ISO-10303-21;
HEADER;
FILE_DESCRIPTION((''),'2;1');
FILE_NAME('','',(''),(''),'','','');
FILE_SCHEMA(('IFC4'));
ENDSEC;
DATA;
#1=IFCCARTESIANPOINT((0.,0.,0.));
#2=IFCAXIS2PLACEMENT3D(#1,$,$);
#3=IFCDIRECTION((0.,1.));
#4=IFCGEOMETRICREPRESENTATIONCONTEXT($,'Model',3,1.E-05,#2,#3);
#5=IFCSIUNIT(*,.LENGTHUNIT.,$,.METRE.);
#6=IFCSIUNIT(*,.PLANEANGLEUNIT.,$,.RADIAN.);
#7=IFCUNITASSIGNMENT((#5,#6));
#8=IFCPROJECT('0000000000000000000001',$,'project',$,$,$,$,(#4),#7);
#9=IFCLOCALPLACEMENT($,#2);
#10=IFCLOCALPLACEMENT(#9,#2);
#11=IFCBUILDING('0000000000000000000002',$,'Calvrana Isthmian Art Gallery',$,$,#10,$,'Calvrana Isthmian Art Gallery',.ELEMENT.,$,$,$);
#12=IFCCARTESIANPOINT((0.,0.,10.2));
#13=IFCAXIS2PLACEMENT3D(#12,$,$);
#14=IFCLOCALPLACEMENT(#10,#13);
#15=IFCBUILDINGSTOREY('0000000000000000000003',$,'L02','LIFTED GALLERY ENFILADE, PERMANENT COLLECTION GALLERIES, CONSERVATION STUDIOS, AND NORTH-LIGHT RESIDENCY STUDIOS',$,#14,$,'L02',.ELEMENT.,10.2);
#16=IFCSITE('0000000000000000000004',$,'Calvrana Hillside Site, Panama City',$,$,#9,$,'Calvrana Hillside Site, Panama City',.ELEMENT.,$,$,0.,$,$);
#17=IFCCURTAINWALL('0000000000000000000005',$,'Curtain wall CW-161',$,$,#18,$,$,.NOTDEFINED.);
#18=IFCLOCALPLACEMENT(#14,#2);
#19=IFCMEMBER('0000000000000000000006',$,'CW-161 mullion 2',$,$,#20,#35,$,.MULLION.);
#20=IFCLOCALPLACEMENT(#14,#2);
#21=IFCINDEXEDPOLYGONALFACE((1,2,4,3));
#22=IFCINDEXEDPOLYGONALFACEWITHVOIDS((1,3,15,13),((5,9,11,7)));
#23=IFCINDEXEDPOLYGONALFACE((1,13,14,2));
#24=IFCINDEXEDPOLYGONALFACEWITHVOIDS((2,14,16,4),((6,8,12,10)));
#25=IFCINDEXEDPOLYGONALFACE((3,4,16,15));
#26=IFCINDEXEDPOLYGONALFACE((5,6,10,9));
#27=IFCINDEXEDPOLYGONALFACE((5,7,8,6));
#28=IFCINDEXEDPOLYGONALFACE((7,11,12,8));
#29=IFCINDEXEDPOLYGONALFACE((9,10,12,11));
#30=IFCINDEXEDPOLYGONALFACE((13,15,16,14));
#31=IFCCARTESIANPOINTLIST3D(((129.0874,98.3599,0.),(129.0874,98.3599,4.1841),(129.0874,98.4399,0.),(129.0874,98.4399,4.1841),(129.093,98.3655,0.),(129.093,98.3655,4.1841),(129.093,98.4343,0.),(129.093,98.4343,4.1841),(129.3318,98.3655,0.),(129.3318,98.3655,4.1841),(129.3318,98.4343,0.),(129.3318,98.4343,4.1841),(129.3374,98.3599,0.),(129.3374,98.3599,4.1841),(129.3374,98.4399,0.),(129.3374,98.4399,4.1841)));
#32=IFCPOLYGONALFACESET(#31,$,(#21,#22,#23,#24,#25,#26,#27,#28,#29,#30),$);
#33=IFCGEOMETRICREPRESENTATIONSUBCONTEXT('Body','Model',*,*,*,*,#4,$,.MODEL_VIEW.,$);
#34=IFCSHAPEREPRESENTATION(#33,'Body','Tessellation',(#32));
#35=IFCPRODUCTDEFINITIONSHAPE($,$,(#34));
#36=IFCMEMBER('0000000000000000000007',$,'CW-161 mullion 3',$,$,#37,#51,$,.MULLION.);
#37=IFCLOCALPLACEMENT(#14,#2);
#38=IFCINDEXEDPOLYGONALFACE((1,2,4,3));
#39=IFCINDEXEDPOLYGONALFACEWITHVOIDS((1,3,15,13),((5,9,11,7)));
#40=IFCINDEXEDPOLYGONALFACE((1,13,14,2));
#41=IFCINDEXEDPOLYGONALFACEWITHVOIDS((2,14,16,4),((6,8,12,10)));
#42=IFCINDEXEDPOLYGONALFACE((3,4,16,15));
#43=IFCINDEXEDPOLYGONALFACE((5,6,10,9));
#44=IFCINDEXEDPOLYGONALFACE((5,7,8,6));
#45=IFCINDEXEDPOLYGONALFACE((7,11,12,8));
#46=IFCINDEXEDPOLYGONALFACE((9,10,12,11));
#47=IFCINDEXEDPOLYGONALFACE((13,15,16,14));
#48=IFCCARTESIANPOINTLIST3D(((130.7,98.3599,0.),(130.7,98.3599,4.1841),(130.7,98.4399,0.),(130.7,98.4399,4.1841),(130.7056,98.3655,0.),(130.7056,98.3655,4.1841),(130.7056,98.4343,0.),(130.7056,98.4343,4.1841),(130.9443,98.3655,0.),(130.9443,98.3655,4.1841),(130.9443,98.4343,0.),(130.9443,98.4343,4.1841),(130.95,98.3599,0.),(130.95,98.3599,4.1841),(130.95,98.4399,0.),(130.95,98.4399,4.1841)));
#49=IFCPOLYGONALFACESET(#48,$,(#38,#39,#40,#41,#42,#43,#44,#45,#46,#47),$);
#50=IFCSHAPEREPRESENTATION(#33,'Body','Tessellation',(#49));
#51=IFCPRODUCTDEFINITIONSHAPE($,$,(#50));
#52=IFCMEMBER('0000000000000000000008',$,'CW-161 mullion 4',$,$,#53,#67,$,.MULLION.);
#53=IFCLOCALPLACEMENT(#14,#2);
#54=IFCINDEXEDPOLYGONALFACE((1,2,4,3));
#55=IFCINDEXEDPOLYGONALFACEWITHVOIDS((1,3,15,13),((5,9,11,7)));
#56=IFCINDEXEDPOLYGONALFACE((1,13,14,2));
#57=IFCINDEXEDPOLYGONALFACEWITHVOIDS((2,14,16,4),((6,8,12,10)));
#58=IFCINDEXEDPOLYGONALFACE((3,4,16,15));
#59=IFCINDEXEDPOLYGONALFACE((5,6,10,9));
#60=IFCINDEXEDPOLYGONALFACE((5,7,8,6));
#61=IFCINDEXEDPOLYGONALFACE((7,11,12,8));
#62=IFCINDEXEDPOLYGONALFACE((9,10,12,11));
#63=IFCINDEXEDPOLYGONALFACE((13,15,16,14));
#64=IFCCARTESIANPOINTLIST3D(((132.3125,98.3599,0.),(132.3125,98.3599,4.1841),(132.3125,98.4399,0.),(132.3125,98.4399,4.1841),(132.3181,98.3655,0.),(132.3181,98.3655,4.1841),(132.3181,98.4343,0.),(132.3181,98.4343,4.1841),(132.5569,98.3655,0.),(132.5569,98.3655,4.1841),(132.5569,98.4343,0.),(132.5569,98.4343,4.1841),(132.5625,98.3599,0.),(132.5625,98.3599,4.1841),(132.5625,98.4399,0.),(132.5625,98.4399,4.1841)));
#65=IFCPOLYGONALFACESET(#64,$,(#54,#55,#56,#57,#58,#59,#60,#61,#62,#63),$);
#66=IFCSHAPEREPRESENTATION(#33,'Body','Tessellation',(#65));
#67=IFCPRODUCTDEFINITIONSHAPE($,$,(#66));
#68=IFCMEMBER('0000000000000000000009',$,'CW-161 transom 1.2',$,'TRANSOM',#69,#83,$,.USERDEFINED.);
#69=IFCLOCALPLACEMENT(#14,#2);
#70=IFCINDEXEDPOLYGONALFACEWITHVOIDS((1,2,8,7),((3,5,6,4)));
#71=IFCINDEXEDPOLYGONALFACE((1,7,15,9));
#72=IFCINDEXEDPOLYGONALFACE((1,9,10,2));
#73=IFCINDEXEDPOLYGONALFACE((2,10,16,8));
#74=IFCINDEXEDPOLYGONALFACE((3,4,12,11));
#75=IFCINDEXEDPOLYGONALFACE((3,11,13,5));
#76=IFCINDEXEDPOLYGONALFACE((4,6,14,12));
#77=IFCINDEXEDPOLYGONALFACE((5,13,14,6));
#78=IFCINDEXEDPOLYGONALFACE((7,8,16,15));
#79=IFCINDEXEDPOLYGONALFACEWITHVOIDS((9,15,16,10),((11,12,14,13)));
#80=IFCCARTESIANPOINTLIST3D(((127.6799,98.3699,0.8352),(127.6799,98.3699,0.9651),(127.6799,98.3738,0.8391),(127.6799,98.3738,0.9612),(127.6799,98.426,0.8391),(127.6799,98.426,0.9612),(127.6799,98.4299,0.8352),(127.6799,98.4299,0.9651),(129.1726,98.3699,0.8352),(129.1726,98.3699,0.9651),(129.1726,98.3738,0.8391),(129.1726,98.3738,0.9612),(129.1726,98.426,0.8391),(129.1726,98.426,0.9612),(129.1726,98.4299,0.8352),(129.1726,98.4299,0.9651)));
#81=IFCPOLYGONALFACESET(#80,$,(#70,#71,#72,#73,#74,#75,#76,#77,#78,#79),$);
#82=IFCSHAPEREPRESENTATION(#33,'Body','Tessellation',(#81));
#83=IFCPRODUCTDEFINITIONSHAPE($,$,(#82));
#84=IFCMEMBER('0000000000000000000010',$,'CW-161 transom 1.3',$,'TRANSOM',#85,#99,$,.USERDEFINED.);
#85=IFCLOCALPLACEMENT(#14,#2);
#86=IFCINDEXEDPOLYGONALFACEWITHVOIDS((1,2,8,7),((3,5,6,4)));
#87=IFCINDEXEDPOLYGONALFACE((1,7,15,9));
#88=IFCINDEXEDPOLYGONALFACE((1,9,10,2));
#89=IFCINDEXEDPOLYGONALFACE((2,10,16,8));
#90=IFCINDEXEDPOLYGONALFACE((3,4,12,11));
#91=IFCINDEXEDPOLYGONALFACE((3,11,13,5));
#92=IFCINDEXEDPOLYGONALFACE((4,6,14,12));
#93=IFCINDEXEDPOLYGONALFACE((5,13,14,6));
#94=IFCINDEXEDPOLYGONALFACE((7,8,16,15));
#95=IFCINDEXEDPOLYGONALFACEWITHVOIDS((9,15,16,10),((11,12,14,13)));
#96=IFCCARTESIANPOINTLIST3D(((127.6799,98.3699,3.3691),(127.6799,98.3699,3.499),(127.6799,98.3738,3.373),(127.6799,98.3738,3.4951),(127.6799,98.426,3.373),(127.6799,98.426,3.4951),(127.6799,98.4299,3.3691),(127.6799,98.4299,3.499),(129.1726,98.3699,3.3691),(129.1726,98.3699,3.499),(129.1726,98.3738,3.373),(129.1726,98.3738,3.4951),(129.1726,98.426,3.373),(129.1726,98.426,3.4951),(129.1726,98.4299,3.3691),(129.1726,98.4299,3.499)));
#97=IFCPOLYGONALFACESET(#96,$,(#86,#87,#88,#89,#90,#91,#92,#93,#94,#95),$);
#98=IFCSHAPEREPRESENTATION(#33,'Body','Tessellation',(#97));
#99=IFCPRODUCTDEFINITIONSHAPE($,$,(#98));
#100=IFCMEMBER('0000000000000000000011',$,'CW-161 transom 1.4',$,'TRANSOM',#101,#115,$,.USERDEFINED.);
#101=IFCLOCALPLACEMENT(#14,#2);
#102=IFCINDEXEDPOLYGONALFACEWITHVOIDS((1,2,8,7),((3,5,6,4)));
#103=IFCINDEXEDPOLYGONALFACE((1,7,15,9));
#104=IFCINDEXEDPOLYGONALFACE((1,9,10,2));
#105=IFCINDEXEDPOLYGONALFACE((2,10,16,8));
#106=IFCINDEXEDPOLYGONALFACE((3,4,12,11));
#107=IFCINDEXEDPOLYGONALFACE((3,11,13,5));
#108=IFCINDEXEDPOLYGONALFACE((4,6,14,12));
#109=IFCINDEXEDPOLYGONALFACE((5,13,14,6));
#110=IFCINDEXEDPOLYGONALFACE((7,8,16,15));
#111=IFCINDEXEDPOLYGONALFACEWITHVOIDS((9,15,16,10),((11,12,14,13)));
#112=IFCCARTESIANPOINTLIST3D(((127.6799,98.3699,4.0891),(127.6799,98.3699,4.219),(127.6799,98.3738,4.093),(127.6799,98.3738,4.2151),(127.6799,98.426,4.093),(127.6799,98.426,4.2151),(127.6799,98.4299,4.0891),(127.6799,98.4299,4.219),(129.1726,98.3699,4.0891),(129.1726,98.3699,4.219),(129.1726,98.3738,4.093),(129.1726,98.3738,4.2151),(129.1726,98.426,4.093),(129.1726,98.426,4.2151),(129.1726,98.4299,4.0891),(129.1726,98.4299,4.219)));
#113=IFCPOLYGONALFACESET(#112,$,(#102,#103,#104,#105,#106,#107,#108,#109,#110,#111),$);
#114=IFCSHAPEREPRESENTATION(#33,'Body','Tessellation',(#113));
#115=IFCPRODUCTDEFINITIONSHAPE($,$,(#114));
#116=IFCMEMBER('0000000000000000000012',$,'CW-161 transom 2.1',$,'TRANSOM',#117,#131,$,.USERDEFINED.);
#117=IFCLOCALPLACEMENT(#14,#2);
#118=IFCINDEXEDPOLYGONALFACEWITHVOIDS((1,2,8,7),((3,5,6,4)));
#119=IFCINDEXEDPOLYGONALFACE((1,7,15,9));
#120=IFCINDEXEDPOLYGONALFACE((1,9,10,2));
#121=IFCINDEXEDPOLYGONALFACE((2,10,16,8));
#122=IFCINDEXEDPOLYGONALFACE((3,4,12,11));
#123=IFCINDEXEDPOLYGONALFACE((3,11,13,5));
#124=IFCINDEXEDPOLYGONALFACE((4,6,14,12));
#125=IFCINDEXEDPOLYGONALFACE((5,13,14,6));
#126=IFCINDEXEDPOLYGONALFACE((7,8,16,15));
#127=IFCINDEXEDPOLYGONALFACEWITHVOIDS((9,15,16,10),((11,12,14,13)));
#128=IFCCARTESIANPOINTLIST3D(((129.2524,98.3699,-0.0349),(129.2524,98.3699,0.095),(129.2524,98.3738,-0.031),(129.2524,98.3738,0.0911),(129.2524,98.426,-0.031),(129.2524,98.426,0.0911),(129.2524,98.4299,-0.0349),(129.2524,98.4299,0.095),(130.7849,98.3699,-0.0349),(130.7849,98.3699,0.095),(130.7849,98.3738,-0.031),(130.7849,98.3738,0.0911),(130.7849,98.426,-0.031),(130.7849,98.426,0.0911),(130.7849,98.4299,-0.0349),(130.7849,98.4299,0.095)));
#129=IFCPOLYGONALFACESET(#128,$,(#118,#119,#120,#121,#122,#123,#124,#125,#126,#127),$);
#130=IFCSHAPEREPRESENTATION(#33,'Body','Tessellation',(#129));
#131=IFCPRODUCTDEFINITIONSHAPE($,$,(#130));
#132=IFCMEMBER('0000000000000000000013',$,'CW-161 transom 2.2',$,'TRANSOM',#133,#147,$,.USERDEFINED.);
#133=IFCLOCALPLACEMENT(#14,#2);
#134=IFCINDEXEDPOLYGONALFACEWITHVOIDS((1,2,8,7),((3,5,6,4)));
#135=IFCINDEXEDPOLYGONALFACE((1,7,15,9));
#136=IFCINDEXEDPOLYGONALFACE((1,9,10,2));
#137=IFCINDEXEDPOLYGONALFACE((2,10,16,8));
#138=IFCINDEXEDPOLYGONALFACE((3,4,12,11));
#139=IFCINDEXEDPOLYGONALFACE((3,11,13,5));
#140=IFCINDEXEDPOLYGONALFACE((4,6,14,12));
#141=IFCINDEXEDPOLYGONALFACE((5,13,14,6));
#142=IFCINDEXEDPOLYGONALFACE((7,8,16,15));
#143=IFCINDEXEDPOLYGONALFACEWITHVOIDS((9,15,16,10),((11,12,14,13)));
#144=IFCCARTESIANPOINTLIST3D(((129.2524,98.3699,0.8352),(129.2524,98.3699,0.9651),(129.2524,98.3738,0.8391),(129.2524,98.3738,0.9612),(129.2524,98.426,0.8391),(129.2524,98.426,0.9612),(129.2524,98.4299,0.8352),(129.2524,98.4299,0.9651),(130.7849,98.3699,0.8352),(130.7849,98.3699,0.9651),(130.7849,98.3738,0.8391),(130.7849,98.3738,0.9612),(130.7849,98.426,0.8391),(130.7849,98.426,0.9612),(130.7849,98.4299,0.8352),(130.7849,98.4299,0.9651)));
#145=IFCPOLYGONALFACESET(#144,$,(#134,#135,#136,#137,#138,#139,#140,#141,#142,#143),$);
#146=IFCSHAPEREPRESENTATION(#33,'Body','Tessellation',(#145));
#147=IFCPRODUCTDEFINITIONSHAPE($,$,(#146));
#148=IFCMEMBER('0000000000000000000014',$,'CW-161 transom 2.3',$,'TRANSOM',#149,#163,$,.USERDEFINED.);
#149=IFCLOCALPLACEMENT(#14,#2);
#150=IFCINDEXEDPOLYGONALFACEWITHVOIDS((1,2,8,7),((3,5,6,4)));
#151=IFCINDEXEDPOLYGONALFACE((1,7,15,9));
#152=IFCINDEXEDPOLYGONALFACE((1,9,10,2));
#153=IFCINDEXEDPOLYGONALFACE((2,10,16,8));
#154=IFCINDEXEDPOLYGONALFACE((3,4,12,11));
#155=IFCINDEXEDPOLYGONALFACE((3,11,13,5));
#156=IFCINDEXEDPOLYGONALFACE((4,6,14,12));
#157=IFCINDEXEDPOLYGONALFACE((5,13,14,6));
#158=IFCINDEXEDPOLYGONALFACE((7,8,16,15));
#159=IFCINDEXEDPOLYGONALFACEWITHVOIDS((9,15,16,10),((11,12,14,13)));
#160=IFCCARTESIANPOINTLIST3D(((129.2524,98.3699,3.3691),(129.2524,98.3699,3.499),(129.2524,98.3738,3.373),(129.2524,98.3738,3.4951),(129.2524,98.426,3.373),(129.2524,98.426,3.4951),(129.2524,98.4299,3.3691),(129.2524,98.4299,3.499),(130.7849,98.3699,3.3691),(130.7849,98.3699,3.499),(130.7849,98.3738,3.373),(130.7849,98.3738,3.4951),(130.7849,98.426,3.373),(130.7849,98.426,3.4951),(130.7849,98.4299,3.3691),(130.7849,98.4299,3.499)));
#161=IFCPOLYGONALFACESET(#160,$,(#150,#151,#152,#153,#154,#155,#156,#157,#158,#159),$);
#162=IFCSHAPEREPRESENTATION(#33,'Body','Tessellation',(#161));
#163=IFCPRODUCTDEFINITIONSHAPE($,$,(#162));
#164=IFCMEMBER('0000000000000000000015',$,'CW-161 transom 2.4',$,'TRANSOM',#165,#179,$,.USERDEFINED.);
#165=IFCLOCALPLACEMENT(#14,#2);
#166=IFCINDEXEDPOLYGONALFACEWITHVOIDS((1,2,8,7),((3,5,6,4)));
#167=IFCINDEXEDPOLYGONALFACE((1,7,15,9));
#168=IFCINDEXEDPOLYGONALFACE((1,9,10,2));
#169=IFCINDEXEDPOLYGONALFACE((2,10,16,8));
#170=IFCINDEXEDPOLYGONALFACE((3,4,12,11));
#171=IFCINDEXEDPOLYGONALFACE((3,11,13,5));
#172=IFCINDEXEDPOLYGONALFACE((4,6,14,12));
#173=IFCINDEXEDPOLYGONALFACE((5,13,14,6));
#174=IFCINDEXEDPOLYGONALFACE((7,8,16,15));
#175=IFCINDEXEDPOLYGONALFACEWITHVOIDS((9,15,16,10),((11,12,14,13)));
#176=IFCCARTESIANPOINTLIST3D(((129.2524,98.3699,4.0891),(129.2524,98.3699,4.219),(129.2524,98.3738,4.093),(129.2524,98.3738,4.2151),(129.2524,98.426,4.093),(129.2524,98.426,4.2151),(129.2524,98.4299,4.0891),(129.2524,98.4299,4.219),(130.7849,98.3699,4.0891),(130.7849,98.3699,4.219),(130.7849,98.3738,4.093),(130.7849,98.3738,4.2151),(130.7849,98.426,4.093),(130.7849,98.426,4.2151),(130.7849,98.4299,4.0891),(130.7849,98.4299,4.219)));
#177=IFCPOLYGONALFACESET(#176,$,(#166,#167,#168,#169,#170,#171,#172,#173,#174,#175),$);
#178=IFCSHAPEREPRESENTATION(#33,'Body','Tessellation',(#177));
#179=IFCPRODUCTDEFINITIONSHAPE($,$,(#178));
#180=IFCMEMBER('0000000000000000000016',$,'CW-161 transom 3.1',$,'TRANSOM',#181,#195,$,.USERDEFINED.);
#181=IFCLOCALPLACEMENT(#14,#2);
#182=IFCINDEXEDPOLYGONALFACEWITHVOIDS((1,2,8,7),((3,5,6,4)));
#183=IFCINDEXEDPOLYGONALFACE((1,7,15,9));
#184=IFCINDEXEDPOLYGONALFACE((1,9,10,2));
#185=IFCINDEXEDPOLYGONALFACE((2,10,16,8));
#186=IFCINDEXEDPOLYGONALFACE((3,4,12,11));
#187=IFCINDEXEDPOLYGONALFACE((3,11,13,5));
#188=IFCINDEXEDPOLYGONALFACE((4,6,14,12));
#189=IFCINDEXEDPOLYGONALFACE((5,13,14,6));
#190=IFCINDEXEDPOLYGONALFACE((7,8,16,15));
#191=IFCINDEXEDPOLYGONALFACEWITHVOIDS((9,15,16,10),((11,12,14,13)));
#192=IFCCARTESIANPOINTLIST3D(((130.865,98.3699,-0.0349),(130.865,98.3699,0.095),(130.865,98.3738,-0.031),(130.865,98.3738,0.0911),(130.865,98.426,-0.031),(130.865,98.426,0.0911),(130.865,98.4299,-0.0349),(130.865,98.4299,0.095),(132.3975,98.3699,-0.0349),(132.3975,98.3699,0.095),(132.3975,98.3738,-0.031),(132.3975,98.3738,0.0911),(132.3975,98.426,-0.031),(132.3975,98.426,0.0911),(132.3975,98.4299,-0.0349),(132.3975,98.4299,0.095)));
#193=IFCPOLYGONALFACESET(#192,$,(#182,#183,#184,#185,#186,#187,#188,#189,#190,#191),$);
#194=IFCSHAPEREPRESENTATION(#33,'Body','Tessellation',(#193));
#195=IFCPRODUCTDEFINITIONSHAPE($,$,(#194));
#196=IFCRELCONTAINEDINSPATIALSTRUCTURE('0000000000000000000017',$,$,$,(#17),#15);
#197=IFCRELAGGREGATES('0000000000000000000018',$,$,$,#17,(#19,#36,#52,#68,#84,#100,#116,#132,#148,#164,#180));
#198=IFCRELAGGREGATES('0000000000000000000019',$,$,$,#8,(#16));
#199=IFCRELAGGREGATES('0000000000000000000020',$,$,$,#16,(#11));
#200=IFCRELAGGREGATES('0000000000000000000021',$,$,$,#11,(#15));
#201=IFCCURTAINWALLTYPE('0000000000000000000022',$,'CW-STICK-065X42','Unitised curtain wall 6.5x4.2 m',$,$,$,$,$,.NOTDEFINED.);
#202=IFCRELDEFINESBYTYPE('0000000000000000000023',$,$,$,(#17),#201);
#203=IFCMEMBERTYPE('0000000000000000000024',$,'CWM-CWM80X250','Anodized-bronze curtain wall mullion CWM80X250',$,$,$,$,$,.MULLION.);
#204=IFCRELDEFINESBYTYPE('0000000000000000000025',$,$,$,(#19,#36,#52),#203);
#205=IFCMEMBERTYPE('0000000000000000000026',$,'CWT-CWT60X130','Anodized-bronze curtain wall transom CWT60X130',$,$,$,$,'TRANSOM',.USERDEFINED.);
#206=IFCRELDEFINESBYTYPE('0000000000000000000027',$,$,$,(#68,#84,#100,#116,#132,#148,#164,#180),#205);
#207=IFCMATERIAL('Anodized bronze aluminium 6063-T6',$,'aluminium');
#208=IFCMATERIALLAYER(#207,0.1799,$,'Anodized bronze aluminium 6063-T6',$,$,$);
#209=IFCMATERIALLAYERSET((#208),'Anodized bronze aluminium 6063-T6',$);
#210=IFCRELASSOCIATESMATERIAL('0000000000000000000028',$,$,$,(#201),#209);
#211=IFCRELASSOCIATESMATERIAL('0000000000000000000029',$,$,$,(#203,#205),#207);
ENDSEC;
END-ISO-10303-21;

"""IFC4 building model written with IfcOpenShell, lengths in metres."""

from ifc_helpers import new_model, si_unit, direction, frame, origin, origin_2d, place, context, subcontext, project, spatial, hollow_rectangle, extrude, material, layer, layer_set, material_profile, profile_set, type_object, element, aggregate, save


model = new_model("IFC4")

# Units and contexts
model_context = context("Model", 3, precision=1e-05, world=origin(), true_north=direction((0.0, 1.0)))
body_context = subcontext(model_context, "Body", "Model", "MODEL_VIEW")
ifc_project = project(units=[si_unit("LENGTHUNIT", "METRE"), si_unit("PLANEANGLEUNIT", "RADIAN")], contexts=[model_context])

# Site, building, storey
site_placement = place(None, origin())
site = spatial("IfcSite", under=ifc_project, at=site_placement, Name="Calvrana Hillside Site, Panama City", LongName="Calvrana Hillside Site, Panama City", CompositionType="ELEMENT", RefElevation=0.0)
building_placement = place(site_placement, origin())
building = spatial("IfcBuilding", under=site, at=building_placement, Name="Calvrana Isthmian Art Gallery", LongName="Calvrana Isthmian Art Gallery", CompositionType="ELEMENT")
storey_placement = place(building_placement, frame((0.0, 0.0, 10.2)))
storey = spatial("IfcBuildingStorey", under=building, at=storey_placement, Name="L02", Description="LIFTED GALLERY ENFILADE, PERMANENT COLLECTION GALLERIES, CONSERVATION STUDIOS, AND NORTH-LIGHT RESIDENCY STUDIOS", LongName="L02", CompositionType="ELEMENT", Elevation=10.2)

# Curtain wall, members
ifc_material_1 = material(Name="Anodized bronze aluminium 6063-T6", Category="aluminium")
ifc_layer_1 = layer(ifc_material_1, 0.1799, Name="Anodized bronze aluminium 6063-T6")
ifc_layer_set_1 = layer_set([ifc_layer_1], Name="Anodized bronze aluminium 6063-T6")
curtain_wall_type = type_object("IfcCurtainWallType", Name="CW-STICK-065X42", Description="Unitised curtain wall 6.5x4.2 m", PredefinedType="NOTDEFINED", material=ifc_layer_set_1)
curtain_wall_placement = place(storey_placement, origin())
curtain_wall = element("IfcCurtainWall", 1, at=curtain_wall_placement, inside=storey, type_object=curtain_wall_type, Name="Curtain wall CW-161", PredefinedType="NOTDEFINED")
ifc_material_profile_1 = material_profile(ifc_material_1, hollow_rectangle(XDim=0.0801, YDim=0.25, WallThickness=0.0056, at=origin_2d()), Name="CWM80X250")
ifc_profile_set_1 = profile_set([ifc_material_profile_1], Name="Anodized bronze aluminium 6063-T6")
member_type_1 = type_object("IfcMemberType", Name="CWM-CWM80X250", Description="Anodized-bronze curtain wall mullion CWM80X250", PredefinedType="MULLION", material=ifc_profile_set_1)
member_1_placement = place(storey_placement, frame((129.2124, 98.3999, 0.0), z_axis=(0.0, 0.0, 1.0), x_axis=(0.0, 1.0, 0.0)))
member_1 = element("IfcMember", 2, at=member_1_placement, type_object=member_type_1, Name="CW-161 mullion 2", PredefinedType="MULLION", context=body_context, shape_type="SweptSolid", body=[
    extrude(hollow_rectangle(XDim=0.0801, YDim=0.25, WallThickness=0.0056, at=origin_2d()), origin(), (0.0, 0.0, 1.0), 4.1841),
])
member_2_placement = place(storey_placement, frame((130.825, 98.3999, 0.0), z_axis=(0.0, 0.0, 1.0), x_axis=(0.0, 1.0, 0.0)))
member_2 = element("IfcMember", 3, at=member_2_placement, type_object=member_type_1, Name="CW-161 mullion 3", PredefinedType="MULLION", context=body_context, shape_type="SweptSolid", body=[
    extrude(hollow_rectangle(XDim=0.0801, YDim=0.25, WallThickness=0.0056, at=origin_2d()), origin(), (0.0, 0.0, 1.0), 4.1841),
])
member_3_placement = place(storey_placement, frame((132.4375, 98.3999, 0.0), z_axis=(0.0, 0.0, 1.0), x_axis=(0.0, 1.0, 0.0)))
member_3 = element("IfcMember", 4, at=member_3_placement, type_object=member_type_1, Name="CW-161 mullion 4", PredefinedType="MULLION", context=body_context, shape_type="SweptSolid", body=[
    extrude(hollow_rectangle(XDim=0.0801, YDim=0.25, WallThickness=0.0056, at=origin_2d()), origin(), (0.0, 0.0, 1.0), 4.1841),
])
ifc_material_profile_2 = material_profile(ifc_material_1, hollow_rectangle(XDim=0.0601, YDim=0.1299, WallThickness=0.0039, at=origin_2d()), Name="CWT60X130")
ifc_profile_set_2 = profile_set([ifc_material_profile_2], Name="Anodized bronze aluminium 6063-T6")
member_type_2 = type_object("IfcMemberType", Name="CWT-CWT60X130", Description="Anodized-bronze curtain wall transom CWT60X130", ElementType="TRANSOM", PredefinedType="USERDEFINED", material=ifc_profile_set_2)
member_4_placement = place(storey_placement, frame((127.6799, 98.3999, 0.9001), z_axis=(1.0, 0.0, 0.0), x_axis=(0.0, 1.0, 0.0)))
member_4 = element("IfcMember", 5, at=member_4_placement, type_object=member_type_2, Name="CW-161 transom 1.2", ObjectType="TRANSOM", PredefinedType="USERDEFINED", context=body_context, shape_type="SweptSolid", body=[
    extrude(hollow_rectangle(XDim=0.0601, YDim=0.1299, WallThickness=0.0039, at=origin_2d()), origin(), (0.0, 0.0, 1.0), 1.4927),
])
member_5_placement = place(storey_placement, frame((127.6799, 98.3999, 3.4341), z_axis=(1.0, 0.0, 0.0), x_axis=(0.0, 1.0, 0.0)))
member_5 = element("IfcMember", 6, at=member_5_placement, type_object=member_type_2, Name="CW-161 transom 1.3", ObjectType="TRANSOM", PredefinedType="USERDEFINED", context=body_context, shape_type="SweptSolid", body=[
    extrude(hollow_rectangle(XDim=0.0601, YDim=0.1299, WallThickness=0.0039, at=origin_2d()), origin(), (0.0, 0.0, 1.0), 1.4927),
])
member_6_placement = place(storey_placement, frame((127.6799, 98.3999, 4.1541), z_axis=(1.0, 0.0, 0.0), x_axis=(0.0, 1.0, 0.0)))
member_6 = element("IfcMember", 7, at=member_6_placement, type_object=member_type_2, Name="CW-161 transom 1.4", ObjectType="TRANSOM", PredefinedType="USERDEFINED", context=body_context, shape_type="SweptSolid", body=[
    extrude(hollow_rectangle(XDim=0.0601, YDim=0.1299, WallThickness=0.0039, at=origin_2d()), origin(), (0.0, 0.0, 1.0), 1.4927),
])
member_7_placement = place(storey_placement, frame((129.2524, 98.3999, 0.03), z_axis=(1.0, 0.0, 0.0), x_axis=(0.0, 1.0, 0.0)))
member_7 = element("IfcMember", 8, at=member_7_placement, type_object=member_type_2, Name="CW-161 transom 2.1", ObjectType="TRANSOM", PredefinedType="USERDEFINED", context=body_context, shape_type="SweptSolid", body=[
    extrude(hollow_rectangle(XDim=0.0601, YDim=0.1299, WallThickness=0.0039, at=origin_2d()), origin(), (0.0, 0.0, 1.0), 1.5325),
])
member_8_placement = place(storey_placement, frame((129.2524, 98.3999, 0.9001), z_axis=(1.0, 0.0, 0.0), x_axis=(0.0, 1.0, 0.0)))
member_8 = element("IfcMember", 9, at=member_8_placement, type_object=member_type_2, Name="CW-161 transom 2.2", ObjectType="TRANSOM", PredefinedType="USERDEFINED", context=body_context, shape_type="SweptSolid", body=[
    extrude(hollow_rectangle(XDim=0.0601, YDim=0.1299, WallThickness=0.0039, at=origin_2d()), origin(), (0.0, 0.0, 1.0), 1.5325),
])
member_9_placement = place(storey_placement, frame((129.2524, 98.3999, 3.4341), z_axis=(1.0, 0.0, 0.0), x_axis=(0.0, 1.0, 0.0)))
member_9 = element("IfcMember", 10, at=member_9_placement, type_object=member_type_2, Name="CW-161 transom 2.3", ObjectType="TRANSOM", PredefinedType="USERDEFINED", context=body_context, shape_type="SweptSolid", body=[
    extrude(hollow_rectangle(XDim=0.0601, YDim=0.1299, WallThickness=0.0039, at=origin_2d()), origin(), (0.0, 0.0, 1.0), 1.5325),
])
member_10_placement = place(storey_placement, frame((129.2524, 98.3999, 4.1541), z_axis=(1.0, 0.0, 0.0), x_axis=(0.0, 1.0, 0.0)))
member_10 = element("IfcMember", 11, at=member_10_placement, type_object=member_type_2, Name="CW-161 transom 2.4", ObjectType="TRANSOM", PredefinedType="USERDEFINED", context=body_context, shape_type="SweptSolid", body=[
    extrude(hollow_rectangle(XDim=0.0601, YDim=0.1299, WallThickness=0.0039, at=origin_2d()), origin(), (0.0, 0.0, 1.0), 1.5325),
])
member_11_placement = place(storey_placement, frame((130.865, 98.3999, 0.03), z_axis=(1.0, 0.0, 0.0), x_axis=(0.0, 1.0, 0.0)))
member_11 = element("IfcMember", 12, at=member_11_placement, type_object=member_type_2, Name="CW-161 transom 3.1", ObjectType="TRANSOM", PredefinedType="USERDEFINED", context=body_context, shape_type="SweptSolid", body=[
    extrude(hollow_rectangle(XDim=0.0601, YDim=0.1299, WallThickness=0.0039, at=origin_2d()), origin(), (0.0, 0.0, 1.0), 1.5325),
])
aggregate(curtain_wall, [member_1, member_2, member_3, member_4, member_5, member_6, member_7, member_8, member_9, member_10, member_11])

save(model, "model.ifc")
